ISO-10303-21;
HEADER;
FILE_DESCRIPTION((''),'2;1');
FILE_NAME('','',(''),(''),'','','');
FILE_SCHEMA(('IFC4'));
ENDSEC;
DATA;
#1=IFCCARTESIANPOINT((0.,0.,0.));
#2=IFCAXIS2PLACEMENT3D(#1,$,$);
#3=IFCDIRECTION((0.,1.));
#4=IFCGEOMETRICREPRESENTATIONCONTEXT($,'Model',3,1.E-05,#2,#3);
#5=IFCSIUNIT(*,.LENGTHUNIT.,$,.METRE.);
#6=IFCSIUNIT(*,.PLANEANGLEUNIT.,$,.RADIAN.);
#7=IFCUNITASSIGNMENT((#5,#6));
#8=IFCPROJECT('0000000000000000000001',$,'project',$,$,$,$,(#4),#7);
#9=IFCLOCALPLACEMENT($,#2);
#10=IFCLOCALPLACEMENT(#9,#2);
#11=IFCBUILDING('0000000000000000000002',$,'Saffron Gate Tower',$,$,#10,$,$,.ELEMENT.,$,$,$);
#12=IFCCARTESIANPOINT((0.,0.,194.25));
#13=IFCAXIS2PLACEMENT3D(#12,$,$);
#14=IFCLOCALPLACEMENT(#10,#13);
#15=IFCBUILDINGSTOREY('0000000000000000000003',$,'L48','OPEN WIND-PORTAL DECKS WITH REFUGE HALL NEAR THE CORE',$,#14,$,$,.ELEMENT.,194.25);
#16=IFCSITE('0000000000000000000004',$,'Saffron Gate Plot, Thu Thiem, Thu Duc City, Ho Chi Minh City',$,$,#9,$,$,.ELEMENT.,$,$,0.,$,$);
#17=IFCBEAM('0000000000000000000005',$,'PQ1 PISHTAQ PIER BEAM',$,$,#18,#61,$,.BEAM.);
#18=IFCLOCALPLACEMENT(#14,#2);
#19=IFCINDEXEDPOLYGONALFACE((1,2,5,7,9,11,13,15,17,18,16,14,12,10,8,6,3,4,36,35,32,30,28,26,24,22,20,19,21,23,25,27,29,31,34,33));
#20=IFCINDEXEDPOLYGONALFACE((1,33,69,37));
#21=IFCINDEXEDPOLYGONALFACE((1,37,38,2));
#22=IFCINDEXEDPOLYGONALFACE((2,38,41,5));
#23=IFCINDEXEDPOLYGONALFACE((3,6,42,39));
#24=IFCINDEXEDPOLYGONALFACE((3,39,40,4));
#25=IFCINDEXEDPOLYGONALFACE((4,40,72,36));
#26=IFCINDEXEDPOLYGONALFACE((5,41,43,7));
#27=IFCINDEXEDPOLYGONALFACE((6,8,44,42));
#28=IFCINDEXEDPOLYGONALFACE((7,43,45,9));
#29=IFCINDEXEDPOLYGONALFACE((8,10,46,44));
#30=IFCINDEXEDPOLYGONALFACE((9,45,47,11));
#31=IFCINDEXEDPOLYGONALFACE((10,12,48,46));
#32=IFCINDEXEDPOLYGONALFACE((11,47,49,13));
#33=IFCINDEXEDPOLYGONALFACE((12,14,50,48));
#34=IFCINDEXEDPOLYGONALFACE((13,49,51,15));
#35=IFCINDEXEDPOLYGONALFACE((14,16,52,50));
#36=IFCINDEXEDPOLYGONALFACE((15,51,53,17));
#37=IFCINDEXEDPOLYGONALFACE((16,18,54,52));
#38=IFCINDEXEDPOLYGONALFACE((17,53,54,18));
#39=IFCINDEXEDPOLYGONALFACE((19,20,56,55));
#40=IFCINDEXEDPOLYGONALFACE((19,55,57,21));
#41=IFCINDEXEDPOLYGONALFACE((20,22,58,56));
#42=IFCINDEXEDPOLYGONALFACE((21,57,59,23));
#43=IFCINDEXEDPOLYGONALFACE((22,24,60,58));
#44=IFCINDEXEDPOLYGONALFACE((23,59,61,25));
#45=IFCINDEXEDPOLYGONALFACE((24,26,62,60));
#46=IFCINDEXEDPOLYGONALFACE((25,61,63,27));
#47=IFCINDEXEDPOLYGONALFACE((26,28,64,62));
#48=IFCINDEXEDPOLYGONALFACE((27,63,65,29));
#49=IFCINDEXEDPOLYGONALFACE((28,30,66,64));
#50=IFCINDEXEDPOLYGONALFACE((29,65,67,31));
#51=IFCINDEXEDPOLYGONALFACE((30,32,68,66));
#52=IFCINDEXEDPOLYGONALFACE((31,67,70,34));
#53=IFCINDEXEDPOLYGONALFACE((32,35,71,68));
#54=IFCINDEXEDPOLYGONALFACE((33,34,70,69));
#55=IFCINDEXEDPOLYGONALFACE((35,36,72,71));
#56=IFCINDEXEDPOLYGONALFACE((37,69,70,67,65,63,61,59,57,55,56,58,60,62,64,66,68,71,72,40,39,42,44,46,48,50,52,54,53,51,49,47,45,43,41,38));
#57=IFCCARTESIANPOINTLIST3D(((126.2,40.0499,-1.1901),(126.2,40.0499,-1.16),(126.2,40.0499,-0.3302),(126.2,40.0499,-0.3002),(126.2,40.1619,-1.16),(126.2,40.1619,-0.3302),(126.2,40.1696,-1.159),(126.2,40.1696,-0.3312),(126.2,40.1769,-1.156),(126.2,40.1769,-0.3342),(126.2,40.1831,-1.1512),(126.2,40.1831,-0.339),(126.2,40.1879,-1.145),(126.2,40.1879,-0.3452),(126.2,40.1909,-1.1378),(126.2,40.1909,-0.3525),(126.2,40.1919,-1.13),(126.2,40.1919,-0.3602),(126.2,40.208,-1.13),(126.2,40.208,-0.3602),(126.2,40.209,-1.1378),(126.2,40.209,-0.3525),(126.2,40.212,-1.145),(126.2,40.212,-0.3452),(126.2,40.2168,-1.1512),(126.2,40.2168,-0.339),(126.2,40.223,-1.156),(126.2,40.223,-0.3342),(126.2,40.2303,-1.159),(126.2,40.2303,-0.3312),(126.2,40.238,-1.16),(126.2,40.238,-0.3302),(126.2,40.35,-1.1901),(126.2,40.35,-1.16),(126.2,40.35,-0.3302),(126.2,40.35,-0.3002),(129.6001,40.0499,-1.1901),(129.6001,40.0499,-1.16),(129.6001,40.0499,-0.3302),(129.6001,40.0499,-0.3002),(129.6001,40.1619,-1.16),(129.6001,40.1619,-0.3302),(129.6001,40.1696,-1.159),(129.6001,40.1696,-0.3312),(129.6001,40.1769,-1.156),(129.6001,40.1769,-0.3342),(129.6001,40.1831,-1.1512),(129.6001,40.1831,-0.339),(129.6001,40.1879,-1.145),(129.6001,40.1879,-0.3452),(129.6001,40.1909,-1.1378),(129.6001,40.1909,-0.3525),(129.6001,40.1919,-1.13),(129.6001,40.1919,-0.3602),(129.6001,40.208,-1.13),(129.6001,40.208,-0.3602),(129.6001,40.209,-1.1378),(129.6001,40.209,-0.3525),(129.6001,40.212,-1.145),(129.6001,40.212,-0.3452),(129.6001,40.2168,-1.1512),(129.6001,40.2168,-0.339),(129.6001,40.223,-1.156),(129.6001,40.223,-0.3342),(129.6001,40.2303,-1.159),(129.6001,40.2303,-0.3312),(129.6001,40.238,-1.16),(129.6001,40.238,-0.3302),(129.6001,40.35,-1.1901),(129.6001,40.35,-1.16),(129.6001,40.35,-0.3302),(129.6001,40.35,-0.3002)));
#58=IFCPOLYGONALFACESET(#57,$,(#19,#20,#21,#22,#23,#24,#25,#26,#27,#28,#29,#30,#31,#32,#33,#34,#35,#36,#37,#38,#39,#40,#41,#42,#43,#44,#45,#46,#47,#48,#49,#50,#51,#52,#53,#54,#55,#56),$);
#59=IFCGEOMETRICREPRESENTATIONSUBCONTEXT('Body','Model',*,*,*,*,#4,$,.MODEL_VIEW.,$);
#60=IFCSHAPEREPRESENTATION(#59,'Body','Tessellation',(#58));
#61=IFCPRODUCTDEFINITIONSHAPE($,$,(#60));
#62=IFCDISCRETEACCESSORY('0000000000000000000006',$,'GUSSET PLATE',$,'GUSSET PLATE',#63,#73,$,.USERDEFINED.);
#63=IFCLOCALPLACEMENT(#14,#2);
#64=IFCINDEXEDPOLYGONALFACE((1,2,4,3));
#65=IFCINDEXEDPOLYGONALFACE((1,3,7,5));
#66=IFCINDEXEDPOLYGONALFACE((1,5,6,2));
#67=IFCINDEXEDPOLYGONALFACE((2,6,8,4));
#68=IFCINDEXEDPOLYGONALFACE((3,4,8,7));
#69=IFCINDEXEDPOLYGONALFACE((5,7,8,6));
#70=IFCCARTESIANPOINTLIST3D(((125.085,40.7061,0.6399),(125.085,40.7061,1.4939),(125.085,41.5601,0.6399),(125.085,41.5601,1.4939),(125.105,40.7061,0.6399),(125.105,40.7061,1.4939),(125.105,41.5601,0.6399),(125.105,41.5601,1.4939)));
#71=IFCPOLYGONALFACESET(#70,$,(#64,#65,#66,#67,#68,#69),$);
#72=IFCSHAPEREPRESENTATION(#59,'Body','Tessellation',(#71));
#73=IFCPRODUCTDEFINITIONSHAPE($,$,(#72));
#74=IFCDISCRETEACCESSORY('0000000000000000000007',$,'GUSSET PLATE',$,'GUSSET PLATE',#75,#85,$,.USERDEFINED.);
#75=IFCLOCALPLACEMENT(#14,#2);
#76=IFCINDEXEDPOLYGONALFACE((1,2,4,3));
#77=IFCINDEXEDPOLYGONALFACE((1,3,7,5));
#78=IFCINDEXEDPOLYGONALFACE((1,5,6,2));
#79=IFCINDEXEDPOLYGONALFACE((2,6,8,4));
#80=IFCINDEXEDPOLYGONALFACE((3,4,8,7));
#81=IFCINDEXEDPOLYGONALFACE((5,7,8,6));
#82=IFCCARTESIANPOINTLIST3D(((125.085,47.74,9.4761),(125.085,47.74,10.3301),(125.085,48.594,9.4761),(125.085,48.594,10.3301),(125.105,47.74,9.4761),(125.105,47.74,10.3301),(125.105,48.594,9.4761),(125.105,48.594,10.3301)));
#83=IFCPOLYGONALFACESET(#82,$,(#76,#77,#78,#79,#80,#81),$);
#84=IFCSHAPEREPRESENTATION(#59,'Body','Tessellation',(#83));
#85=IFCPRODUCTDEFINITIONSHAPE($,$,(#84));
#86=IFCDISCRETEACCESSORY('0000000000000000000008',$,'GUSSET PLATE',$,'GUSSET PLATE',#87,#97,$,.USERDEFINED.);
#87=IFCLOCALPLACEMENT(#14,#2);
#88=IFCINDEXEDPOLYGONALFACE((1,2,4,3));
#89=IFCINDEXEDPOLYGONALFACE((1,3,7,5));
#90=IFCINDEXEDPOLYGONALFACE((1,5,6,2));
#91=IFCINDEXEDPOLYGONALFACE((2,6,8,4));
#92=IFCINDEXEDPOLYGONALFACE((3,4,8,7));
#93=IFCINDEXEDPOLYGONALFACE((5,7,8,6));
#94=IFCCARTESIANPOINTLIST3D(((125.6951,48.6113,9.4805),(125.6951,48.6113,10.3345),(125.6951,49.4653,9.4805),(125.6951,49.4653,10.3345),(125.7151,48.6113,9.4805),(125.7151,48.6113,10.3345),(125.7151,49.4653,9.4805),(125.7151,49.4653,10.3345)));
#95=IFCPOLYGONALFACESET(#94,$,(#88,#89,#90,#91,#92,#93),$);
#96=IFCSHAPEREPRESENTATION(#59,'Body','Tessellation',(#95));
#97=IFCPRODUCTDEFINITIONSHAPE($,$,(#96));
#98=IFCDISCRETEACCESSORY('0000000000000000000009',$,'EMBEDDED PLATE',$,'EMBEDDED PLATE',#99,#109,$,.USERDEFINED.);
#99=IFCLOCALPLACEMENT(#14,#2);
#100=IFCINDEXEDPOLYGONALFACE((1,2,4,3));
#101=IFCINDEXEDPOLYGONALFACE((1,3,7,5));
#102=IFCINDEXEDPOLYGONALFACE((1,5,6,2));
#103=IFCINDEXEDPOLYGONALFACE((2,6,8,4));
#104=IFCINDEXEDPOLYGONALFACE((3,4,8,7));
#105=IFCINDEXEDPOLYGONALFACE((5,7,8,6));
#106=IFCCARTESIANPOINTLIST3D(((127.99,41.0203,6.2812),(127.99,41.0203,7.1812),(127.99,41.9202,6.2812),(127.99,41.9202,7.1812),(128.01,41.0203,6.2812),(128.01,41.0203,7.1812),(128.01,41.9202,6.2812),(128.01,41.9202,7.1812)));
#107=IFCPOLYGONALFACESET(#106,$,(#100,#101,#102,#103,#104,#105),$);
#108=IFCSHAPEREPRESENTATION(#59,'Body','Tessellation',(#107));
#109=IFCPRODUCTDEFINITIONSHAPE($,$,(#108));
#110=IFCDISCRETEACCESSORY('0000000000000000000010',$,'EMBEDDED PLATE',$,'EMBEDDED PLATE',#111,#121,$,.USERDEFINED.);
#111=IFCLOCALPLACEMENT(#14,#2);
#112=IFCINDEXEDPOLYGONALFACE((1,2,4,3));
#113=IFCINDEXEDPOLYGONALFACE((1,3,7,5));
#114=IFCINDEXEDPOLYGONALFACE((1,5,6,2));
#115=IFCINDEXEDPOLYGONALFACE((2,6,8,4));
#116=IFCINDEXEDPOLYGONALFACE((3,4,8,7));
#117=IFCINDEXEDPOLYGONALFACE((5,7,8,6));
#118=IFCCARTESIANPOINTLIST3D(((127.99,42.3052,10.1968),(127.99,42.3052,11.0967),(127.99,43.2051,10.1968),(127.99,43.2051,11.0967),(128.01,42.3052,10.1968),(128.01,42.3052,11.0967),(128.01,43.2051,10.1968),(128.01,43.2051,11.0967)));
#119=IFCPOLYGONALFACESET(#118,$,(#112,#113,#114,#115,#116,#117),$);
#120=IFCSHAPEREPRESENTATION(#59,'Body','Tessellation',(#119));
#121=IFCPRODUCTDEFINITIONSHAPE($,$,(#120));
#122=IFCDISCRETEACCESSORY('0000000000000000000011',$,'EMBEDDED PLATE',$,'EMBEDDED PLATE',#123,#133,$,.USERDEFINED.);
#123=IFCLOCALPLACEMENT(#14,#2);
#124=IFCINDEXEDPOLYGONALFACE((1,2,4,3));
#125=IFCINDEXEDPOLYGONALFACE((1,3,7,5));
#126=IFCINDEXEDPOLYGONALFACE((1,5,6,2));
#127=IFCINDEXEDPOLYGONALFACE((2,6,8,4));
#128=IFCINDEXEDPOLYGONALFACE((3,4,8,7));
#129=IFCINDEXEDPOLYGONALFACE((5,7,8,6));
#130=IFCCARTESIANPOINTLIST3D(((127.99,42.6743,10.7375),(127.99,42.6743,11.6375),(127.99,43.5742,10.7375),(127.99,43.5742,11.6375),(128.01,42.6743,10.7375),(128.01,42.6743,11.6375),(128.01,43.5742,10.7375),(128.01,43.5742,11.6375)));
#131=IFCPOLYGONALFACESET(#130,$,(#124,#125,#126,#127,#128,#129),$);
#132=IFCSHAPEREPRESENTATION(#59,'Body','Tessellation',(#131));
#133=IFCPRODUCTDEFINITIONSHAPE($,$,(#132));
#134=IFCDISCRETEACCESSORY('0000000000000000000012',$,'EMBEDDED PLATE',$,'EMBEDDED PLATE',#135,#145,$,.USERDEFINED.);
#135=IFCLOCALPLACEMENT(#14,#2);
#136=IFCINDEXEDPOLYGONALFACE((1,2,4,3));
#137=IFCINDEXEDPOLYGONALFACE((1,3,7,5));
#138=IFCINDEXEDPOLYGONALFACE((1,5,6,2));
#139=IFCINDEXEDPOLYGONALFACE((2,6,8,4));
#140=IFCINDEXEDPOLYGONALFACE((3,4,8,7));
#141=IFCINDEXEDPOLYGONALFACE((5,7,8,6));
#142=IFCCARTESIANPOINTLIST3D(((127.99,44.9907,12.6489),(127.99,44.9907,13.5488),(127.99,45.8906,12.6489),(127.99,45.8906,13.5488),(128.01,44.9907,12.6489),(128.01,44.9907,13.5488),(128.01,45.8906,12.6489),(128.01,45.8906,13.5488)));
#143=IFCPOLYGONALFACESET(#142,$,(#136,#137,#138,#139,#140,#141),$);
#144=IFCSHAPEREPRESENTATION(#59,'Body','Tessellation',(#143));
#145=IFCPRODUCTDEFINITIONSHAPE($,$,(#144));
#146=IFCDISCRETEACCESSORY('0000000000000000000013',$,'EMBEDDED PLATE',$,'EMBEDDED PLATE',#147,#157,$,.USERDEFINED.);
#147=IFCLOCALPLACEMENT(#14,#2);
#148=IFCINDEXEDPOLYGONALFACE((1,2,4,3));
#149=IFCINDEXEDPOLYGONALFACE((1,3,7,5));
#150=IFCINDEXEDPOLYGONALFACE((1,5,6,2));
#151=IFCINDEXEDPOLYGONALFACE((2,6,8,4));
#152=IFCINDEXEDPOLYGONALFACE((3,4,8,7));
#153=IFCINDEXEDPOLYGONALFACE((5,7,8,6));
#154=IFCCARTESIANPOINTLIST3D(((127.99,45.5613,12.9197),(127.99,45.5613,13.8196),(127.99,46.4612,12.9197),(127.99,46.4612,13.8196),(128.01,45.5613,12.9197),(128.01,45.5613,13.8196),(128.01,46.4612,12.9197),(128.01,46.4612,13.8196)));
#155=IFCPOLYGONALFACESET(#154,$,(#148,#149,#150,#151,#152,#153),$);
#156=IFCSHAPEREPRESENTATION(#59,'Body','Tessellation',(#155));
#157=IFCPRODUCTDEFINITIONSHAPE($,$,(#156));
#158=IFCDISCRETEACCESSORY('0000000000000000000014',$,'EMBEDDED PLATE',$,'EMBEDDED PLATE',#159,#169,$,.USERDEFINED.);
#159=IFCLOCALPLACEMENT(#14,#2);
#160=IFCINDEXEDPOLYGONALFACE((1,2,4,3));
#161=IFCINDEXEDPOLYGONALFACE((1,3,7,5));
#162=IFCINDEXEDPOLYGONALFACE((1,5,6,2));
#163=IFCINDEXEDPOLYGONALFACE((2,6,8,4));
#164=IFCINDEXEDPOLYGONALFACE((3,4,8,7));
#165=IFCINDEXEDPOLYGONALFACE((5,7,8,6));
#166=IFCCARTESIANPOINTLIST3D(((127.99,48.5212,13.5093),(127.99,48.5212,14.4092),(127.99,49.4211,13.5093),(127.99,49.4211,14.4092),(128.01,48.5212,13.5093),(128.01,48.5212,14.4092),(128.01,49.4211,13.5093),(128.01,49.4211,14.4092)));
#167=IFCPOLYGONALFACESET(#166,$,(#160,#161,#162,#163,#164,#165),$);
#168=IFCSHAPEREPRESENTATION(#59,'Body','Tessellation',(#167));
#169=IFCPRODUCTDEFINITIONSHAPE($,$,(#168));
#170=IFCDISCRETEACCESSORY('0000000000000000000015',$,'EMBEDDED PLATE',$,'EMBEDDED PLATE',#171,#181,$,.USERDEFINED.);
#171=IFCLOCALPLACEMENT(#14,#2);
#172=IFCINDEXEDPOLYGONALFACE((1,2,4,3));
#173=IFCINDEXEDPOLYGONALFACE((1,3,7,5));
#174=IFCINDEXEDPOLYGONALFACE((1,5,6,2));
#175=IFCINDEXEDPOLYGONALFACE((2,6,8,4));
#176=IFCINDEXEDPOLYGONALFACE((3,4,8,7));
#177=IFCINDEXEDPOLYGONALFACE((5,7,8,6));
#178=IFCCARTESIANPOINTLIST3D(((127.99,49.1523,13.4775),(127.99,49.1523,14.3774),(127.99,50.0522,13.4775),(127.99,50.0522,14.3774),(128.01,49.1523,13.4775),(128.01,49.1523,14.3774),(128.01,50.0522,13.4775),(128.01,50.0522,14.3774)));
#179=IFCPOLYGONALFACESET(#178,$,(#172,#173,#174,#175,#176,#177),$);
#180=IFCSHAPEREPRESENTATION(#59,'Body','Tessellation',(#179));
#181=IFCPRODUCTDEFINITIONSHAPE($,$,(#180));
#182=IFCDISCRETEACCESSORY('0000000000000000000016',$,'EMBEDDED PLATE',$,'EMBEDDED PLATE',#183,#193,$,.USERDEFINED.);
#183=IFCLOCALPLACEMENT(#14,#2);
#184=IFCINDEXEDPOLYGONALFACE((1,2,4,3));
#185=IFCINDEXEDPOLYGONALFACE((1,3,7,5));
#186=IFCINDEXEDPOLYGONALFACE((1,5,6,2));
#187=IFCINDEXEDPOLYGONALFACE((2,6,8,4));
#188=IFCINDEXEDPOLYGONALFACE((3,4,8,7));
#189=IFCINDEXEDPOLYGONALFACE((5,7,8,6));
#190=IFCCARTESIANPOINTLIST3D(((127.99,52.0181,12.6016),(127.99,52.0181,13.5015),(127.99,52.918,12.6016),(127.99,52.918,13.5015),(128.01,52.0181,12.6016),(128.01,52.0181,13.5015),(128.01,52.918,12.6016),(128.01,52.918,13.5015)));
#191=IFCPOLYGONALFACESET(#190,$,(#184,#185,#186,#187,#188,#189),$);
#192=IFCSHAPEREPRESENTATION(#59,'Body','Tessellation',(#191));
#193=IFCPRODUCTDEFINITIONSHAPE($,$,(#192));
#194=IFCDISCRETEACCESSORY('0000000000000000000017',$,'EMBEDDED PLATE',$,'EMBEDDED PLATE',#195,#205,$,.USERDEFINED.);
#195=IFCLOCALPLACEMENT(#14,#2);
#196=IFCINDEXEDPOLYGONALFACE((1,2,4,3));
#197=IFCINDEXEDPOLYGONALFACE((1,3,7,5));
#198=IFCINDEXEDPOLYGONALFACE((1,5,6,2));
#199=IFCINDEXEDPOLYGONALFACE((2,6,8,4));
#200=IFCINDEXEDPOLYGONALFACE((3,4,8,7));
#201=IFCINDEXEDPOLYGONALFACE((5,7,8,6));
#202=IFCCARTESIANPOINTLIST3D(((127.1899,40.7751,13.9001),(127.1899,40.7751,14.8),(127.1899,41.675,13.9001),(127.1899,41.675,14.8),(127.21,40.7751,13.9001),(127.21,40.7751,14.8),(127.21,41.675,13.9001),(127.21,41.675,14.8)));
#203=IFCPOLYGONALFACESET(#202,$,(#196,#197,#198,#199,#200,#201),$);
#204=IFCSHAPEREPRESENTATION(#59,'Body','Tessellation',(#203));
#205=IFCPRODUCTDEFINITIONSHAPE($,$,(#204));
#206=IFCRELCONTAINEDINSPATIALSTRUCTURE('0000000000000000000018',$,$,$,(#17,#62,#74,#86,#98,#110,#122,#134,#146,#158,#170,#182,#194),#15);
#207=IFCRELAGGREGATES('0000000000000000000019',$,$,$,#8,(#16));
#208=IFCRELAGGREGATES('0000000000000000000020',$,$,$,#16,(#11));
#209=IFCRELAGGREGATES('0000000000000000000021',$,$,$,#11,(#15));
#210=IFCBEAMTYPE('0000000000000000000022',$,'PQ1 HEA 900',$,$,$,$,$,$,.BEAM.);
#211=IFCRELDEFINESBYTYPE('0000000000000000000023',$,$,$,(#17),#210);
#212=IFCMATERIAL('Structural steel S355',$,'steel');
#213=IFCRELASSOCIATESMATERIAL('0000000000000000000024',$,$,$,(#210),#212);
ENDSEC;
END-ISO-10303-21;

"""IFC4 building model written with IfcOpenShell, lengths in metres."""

from ifc_helpers import new_model, si_unit, direction, frame, origin, origin_2d, place, context, subcontext, project, spatial, rectangle, i_section, extrude, material, material_profile, profile_set, type_object, element, save


model = new_model("IFC4")

# Units and contexts
model_context = context("Model", 3, precision=1e-05, world=origin(), true_north=direction((0.0, 1.0)))
body_context = subcontext(model_context, "Body", "Model", "MODEL_VIEW")
ifc_project = project(units=[si_unit("LENGTHUNIT", "METRE"), si_unit("PLANEANGLEUNIT", "RADIAN")], contexts=[model_context])

# Site, building, storey
site_placement = place(None, origin())
site = spatial("IfcSite", under=ifc_project, at=site_placement, Name="Saffron Gate Plot, Thu Thiem, Thu Duc City, Ho Chi Minh City", CompositionType="ELEMENT", RefElevation=0.0)
building_placement = place(site_placement, origin())
building = spatial("IfcBuilding", under=site, at=building_placement, Name="Saffron Gate Tower", CompositionType="ELEMENT")
storey_placement = place(building_placement, frame((0.0, 0.0, 194.25)))
storey = spatial("IfcBuildingStorey", under=building, at=storey_placement, Name="L48", Description="OPEN WIND-PORTAL DECKS WITH REFUGE HALL NEAR THE CORE", CompositionType="ELEMENT", Elevation=194.25)

# Shared definitions
ifc_material_1 = material(Name="Structural steel S355", Category="steel")

# Beam
ifc_material_profile_1 = material_profile(ifc_material_1, i_section(OverallWidth=0.3, OverallDepth=0.8899, WebThickness=0.0161, FlangeThickness=0.03, FilletRadius=0.03, at=origin_2d()))
ifc_profile_set_1 = profile_set([ifc_material_profile_1], Name="Structural steel S355")
beam_type_1 = type_object("IfcBeamType", Name="PQ1 HEA 900", PredefinedType="BEAM", material=ifc_profile_set_1)
beam_1_placement = place(storey_placement, frame((129.6001, 40.2, -0.7451), z_axis=(-1.0, 0.0, 0.0), x_axis=(0.0, -1.0, 0.0)))
element("IfcBeam", 1, at=beam_1_placement, inside=storey, type_object=beam_type_1, Name="PQ1 PISHTAQ PIER BEAM", PredefinedType="BEAM", context=body_context, shape_type="SweptSolid", body=[
    extrude(i_section(OverallWidth=0.3, OverallDepth=0.8899, WebThickness=0.0161, FlangeThickness=0.03, FilletRadius=0.03, at=origin_2d()), origin(), (0.0, 0.0, 1.0), 3.4001),
])

# Discrete accessories
for number, where, z_axis, x_axis, name in (
    (2, (125.095, 41.1331, 0.6399), (0.0, 0.0, 1.0), (0.0, 1.0, 0.0), "GUSSET PLATE"),
    (3, (125.095, 48.167, 9.4761), (0.0, 0.0, 1.0), (0.0, 1.0, 0.0), "GUSSET PLATE"),
    (4, (125.7051, 49.0383, 9.4805), (0.0, 0.0, 1.0), (0.0, -1.0, 0.0), "GUSSET PLATE"),
):
    element("IfcDiscreteAccessory", number, at=place(storey_placement, frame(where, z_axis=z_axis, x_axis=x_axis)), inside=storey, Name=name, ObjectType="GUSSET PLATE", PredefinedType="USERDEFINED", context=body_context, shape_type="SweptSolid", body=[
        extrude(rectangle(XDim=0.854, YDim=0.02, at=origin_2d()), origin(), (0.0, 0.0, 1.0), 0.854),
    ])
for number, where, z_axis, x_axis, name in (
    (5, (128.0, 41.4702, 6.2812), (0.0, 0.0, 1.0), (0.0, 1.0, 0.0), "EMBEDDED PLATE"),
    (6, (128.0, 42.7551, 10.1968), (0.0, 0.0, 1.0), (0.0, 1.0, 0.0), "EMBEDDED PLATE"),
    (7, (128.0, 43.1243, 10.7375), (0.0, 0.0, 1.0), (0.0, 1.0, 0.0), "EMBEDDED PLATE"),
    (8, (128.0, 45.4407, 12.6489), (0.0, 0.0, 1.0), (0.0, 1.0, 0.0), "EMBEDDED PLATE"),
    (9, (128.0, 46.0112, 12.9197), (0.0, 0.0, 1.0), (0.0, 1.0, 0.0), "EMBEDDED PLATE"),
    (10, (128.0, 48.9712, 13.5093), (0.0, 0.0, 1.0), (0.0, 1.0, 0.0), "EMBEDDED PLATE"),
    (11, (128.0, 49.6023, 13.4775), (0.0, 0.0, 1.0), (0.0, 1.0, 0.0), "EMBEDDED PLATE"),
    (12, (128.0, 52.468, 12.6016), (0.0, 0.0, 1.0), (0.0, 1.0, 0.0), "EMBEDDED PLATE"),
    (13, (127.2, 41.2251, 13.9001), (0.0, 0.0, 1.0), (0.0, 1.0, 0.0), "EMBEDDED PLATE"),
):
    element("IfcDiscreteAccessory", number, at=place(storey_placement, frame(where, z_axis=z_axis, x_axis=x_axis)), inside=storey, Name=name, ObjectType="EMBEDDED PLATE", PredefinedType="USERDEFINED", context=body_context, shape_type="SweptSolid", body=[
        extrude(rectangle(XDim=0.8999, YDim=0.02, at=origin_2d()), origin(), (0.0, 0.0, 1.0), 0.8999),
    ])

save(model, "model.ifc")
